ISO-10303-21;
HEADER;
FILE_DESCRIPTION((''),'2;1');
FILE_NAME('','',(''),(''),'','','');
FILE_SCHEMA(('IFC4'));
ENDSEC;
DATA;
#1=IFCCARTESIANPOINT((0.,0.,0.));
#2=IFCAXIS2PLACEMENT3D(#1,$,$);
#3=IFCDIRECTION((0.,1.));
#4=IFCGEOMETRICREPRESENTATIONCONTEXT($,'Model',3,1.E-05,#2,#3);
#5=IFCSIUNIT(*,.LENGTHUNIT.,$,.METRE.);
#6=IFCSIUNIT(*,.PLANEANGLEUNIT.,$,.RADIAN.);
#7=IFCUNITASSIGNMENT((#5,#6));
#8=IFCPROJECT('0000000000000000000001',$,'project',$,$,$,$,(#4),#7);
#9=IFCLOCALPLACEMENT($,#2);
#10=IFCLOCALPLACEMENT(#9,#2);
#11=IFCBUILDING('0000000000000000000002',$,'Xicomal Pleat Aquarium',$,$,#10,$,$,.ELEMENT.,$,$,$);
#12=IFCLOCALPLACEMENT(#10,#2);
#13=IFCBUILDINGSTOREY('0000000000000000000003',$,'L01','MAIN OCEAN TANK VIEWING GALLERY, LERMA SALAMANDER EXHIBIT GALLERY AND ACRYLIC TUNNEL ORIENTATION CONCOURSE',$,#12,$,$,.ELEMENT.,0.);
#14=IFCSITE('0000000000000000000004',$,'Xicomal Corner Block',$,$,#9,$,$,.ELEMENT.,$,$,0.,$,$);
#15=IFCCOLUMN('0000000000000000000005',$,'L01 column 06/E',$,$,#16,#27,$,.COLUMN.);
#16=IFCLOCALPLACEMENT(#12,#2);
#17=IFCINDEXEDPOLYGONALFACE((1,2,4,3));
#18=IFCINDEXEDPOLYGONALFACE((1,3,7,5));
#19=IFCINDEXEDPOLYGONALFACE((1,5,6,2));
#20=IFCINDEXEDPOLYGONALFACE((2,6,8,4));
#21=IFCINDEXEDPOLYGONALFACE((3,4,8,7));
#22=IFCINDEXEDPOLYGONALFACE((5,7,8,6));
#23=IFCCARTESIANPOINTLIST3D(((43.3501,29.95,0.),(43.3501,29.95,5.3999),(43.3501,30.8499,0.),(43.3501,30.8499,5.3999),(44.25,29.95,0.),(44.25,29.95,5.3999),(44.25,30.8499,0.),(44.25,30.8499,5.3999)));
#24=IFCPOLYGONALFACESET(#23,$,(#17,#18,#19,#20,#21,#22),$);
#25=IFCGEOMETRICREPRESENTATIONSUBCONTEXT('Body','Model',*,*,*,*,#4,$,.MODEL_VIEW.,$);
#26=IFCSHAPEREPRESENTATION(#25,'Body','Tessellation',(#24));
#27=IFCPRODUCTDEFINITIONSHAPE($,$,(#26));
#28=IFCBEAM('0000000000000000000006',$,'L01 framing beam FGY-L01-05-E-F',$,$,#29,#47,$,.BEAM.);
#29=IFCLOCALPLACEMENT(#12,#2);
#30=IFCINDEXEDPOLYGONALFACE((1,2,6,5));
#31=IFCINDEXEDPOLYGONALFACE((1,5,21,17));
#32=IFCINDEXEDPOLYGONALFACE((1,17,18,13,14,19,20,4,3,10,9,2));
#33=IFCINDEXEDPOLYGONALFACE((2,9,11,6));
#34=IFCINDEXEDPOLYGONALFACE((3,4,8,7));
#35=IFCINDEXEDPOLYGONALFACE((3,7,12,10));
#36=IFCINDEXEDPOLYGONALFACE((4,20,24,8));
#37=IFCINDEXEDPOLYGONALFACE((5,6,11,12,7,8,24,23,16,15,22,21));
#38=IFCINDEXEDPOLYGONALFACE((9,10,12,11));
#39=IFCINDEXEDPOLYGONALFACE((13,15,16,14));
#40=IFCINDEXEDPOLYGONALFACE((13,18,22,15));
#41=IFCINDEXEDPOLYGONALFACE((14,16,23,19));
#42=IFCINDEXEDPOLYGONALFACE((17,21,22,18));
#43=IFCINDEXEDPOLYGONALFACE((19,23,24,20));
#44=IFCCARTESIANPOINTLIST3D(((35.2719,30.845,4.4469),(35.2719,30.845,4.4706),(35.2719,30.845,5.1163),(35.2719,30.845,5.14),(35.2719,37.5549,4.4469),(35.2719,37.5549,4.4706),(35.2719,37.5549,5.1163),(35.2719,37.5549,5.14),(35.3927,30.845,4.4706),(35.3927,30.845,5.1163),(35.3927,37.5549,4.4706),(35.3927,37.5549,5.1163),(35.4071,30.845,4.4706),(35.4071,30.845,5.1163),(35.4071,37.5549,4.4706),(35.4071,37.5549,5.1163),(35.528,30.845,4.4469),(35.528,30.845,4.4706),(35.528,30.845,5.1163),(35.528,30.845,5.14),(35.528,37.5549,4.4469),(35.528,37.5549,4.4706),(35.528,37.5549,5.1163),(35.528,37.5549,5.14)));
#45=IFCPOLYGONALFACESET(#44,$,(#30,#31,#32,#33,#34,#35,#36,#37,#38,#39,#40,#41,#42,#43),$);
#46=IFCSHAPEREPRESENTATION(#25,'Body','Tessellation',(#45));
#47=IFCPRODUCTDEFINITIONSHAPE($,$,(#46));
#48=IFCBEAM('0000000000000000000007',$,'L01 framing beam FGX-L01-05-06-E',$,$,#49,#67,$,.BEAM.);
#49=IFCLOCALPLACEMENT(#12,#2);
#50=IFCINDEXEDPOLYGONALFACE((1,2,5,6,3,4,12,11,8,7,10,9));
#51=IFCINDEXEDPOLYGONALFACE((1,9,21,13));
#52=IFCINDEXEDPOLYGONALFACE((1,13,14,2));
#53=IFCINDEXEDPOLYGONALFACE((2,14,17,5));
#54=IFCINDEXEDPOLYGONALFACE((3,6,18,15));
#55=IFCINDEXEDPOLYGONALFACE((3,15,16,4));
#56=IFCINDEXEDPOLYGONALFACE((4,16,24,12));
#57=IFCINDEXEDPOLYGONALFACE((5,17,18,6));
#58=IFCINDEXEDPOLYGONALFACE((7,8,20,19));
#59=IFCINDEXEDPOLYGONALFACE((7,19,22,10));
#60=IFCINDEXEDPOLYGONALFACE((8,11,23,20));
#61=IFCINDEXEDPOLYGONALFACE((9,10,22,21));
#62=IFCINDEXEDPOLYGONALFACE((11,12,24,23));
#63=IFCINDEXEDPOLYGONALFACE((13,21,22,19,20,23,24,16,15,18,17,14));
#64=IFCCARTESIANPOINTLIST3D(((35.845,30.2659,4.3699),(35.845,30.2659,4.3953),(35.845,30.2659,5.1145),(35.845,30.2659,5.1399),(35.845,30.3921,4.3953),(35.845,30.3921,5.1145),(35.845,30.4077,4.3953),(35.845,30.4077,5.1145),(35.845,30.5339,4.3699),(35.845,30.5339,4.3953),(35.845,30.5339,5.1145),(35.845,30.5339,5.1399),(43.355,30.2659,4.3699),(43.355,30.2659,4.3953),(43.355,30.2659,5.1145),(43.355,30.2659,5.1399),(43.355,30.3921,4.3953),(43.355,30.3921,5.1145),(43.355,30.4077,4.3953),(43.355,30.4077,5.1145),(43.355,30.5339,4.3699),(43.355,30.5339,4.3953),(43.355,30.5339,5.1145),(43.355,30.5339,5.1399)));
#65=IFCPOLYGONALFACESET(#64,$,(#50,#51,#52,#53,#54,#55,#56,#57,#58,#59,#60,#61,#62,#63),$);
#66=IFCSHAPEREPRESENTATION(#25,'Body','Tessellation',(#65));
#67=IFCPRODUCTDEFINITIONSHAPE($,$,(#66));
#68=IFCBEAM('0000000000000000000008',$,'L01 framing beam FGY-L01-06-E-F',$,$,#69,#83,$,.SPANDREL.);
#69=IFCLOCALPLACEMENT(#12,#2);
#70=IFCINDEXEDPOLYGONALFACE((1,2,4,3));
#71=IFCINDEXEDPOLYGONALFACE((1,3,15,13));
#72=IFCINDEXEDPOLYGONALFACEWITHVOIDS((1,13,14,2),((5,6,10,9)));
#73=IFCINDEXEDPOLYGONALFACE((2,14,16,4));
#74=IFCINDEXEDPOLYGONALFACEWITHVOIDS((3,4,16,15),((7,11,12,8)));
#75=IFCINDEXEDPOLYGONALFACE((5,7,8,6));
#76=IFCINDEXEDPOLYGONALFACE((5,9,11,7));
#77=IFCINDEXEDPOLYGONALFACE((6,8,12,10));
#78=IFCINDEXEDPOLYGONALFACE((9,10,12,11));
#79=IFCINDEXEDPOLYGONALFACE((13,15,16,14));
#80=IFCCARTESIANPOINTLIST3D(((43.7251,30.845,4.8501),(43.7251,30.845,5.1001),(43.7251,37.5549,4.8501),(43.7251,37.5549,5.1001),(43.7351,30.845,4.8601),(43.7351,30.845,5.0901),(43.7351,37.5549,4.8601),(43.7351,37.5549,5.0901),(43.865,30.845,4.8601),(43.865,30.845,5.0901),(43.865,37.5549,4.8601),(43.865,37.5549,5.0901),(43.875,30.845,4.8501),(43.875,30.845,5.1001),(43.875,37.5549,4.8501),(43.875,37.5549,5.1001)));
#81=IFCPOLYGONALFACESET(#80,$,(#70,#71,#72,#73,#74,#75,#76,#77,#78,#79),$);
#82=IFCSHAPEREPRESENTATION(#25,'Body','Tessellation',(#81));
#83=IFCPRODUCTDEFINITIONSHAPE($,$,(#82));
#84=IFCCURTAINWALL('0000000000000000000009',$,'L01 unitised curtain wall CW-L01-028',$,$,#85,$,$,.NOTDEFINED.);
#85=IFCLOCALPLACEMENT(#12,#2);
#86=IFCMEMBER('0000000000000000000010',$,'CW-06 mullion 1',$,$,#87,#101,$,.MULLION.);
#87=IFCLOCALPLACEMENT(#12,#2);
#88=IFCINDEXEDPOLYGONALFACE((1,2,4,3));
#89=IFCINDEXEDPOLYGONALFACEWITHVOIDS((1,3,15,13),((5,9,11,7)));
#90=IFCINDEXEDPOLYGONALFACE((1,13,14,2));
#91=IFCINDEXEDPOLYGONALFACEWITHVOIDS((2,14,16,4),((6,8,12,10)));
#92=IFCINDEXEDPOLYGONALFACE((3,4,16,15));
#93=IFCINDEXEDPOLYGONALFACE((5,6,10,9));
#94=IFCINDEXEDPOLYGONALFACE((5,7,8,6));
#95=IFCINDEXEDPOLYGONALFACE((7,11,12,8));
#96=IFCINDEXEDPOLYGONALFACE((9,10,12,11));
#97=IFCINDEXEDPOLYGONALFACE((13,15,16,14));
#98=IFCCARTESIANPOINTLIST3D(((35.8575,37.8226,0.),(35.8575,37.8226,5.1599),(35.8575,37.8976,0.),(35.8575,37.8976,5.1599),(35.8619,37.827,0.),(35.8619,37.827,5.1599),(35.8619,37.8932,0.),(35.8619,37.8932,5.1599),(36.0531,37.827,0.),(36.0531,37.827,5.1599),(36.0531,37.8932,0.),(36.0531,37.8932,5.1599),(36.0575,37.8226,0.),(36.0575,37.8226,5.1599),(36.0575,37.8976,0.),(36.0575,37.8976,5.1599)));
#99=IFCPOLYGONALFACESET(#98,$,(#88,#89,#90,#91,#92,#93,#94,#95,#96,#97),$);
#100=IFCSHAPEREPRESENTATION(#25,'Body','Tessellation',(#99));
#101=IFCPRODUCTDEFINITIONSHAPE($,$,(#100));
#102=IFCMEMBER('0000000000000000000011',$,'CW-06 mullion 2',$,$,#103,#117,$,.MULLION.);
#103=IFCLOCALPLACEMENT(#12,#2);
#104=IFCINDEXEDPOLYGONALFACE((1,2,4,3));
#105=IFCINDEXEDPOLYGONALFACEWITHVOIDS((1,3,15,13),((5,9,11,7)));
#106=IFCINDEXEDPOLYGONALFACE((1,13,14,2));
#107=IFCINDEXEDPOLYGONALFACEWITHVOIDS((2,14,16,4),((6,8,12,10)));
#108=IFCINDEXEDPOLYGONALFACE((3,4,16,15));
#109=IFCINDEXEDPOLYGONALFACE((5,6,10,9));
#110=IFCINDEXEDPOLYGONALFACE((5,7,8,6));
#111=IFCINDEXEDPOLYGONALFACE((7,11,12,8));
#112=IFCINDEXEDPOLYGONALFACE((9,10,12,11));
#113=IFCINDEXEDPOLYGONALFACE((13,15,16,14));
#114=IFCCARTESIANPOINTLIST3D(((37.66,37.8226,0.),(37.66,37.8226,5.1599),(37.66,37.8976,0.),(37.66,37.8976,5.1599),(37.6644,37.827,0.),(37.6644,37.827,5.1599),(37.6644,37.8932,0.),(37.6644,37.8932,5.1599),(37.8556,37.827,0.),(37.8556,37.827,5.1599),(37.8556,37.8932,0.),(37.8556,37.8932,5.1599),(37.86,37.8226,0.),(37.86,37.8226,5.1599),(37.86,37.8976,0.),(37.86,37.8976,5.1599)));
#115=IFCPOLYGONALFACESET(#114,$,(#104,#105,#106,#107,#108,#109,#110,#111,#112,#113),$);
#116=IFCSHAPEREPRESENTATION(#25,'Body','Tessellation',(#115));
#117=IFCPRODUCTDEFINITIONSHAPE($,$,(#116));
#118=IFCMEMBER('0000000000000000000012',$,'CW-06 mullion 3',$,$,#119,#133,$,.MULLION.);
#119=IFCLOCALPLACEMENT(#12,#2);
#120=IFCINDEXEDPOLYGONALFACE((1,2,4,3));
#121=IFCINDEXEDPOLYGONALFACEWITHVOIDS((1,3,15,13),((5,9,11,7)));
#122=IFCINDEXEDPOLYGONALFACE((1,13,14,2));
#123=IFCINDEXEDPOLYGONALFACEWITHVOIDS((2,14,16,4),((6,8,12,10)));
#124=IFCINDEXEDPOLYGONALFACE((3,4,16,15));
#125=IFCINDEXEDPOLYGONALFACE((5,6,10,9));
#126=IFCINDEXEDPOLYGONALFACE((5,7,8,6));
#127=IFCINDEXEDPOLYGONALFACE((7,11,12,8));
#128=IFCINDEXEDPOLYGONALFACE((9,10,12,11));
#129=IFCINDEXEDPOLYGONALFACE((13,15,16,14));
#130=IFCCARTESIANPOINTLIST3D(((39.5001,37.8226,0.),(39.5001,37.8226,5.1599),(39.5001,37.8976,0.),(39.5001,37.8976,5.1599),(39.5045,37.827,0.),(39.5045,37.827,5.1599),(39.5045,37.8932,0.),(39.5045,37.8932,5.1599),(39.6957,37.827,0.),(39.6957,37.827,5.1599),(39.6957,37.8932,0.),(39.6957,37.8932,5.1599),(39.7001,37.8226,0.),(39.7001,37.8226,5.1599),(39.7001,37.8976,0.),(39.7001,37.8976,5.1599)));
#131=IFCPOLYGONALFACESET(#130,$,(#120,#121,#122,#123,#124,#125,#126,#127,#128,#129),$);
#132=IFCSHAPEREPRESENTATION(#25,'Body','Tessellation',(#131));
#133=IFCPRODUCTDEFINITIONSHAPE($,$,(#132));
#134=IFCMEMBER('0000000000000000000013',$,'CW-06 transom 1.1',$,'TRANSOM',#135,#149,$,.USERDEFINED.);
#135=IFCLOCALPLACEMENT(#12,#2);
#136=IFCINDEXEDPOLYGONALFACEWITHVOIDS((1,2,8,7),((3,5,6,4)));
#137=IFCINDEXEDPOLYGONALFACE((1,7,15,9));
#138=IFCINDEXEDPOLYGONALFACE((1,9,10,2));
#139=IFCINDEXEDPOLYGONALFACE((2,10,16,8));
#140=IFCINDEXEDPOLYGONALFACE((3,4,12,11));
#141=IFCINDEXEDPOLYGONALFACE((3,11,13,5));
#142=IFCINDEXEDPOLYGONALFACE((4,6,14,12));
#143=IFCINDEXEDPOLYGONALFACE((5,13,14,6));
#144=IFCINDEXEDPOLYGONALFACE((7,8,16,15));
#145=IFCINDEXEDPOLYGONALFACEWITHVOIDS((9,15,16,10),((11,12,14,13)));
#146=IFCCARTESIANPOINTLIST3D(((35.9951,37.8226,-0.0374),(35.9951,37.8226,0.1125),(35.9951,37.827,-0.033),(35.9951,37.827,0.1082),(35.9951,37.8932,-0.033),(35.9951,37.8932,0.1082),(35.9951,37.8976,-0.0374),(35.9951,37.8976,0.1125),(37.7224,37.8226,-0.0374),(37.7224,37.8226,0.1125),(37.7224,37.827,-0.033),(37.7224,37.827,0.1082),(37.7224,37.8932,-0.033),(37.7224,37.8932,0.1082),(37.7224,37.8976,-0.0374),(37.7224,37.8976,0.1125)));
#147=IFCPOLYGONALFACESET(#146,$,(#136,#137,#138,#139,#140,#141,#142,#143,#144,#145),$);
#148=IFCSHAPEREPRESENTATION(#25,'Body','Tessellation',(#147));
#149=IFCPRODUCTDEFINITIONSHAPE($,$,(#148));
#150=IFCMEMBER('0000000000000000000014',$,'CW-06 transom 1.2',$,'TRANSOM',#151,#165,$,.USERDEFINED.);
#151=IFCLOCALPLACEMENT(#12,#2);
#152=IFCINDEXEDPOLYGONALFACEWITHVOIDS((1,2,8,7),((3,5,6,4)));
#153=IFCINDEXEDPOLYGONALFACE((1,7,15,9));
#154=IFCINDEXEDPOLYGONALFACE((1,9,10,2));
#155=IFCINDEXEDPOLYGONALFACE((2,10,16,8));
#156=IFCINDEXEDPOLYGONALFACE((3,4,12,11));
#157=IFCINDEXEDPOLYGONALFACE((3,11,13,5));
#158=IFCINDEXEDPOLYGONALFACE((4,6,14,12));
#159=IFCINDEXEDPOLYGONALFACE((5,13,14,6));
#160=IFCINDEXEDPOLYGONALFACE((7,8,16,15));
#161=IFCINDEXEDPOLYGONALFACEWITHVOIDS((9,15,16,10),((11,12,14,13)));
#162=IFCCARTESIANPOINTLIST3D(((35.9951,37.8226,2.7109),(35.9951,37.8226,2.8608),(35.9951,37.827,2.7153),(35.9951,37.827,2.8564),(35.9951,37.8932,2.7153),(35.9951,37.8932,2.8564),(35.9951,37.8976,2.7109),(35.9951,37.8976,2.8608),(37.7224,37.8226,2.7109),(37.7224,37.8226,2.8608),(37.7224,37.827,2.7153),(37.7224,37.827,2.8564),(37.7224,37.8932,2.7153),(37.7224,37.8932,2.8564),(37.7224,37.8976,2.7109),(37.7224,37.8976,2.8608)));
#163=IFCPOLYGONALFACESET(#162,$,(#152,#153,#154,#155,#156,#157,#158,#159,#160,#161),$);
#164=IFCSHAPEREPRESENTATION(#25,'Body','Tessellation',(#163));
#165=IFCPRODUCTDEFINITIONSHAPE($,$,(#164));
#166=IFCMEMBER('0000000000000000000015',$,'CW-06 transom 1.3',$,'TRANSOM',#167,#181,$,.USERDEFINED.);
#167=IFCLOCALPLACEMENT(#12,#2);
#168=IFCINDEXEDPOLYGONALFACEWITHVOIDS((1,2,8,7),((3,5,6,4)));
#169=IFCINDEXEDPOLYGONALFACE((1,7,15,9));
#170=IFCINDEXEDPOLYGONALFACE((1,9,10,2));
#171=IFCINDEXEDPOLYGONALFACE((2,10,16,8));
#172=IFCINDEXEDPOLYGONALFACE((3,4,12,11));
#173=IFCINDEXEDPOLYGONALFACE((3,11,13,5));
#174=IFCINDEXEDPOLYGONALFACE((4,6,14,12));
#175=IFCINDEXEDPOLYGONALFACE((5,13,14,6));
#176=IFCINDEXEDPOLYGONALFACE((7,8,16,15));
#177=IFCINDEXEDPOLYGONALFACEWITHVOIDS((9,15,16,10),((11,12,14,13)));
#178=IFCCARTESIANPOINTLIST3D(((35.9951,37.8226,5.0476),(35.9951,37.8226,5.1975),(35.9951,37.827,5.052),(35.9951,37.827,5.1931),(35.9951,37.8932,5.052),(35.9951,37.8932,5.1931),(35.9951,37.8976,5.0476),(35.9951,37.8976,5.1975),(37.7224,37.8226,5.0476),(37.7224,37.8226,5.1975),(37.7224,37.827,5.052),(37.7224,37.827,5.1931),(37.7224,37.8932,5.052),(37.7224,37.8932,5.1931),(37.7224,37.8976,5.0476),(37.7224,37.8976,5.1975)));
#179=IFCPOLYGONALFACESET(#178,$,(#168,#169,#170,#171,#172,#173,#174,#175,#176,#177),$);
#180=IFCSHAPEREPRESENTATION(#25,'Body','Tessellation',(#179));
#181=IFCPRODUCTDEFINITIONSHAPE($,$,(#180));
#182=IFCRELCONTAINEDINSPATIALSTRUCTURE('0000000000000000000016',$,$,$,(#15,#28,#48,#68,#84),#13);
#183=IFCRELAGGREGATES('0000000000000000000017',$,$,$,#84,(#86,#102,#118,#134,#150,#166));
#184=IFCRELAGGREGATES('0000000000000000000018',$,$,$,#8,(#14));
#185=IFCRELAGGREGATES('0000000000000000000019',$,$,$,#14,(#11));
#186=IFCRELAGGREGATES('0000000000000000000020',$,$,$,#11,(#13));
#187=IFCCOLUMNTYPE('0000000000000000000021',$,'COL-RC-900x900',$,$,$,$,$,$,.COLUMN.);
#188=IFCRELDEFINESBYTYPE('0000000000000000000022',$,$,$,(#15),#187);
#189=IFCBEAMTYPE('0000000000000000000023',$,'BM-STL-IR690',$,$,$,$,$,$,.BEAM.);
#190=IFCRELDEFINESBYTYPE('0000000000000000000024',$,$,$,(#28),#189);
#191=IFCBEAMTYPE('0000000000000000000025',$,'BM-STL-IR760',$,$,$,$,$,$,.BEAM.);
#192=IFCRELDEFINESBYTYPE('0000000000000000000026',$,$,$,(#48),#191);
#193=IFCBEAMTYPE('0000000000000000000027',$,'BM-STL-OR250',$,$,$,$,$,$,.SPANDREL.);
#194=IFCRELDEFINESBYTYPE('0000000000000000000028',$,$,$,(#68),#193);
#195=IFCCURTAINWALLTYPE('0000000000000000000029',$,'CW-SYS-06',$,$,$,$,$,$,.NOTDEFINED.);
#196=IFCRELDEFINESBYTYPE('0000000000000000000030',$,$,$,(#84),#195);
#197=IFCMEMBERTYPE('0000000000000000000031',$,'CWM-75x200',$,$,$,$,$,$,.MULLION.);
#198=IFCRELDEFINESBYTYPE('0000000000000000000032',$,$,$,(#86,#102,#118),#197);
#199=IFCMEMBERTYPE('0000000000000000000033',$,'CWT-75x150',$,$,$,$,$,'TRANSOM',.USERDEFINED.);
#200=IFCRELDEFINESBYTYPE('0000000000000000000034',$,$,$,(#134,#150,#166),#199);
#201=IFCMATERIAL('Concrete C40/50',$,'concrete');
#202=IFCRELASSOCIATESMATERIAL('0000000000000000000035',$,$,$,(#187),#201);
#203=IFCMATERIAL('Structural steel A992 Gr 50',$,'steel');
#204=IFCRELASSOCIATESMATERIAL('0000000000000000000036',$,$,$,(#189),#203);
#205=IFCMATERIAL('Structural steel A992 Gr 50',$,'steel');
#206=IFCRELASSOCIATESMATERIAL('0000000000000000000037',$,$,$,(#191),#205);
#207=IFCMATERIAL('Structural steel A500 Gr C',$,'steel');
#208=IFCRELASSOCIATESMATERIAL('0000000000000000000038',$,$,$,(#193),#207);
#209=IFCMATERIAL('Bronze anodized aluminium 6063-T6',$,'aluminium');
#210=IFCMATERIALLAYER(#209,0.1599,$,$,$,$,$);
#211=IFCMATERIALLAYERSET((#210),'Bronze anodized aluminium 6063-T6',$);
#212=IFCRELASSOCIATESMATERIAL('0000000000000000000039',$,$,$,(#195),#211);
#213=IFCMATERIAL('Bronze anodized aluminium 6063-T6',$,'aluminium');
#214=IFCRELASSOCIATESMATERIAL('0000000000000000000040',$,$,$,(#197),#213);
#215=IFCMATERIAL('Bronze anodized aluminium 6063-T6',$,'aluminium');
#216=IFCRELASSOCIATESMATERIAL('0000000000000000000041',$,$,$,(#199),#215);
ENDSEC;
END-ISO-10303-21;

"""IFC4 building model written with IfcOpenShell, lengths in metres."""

from ifc_helpers import new_model, si_unit, direction, frame, origin, origin_2d, place, context, subcontext, project, spatial, rectangle, hollow_rectangle, i_section, extrude, material, layer, layer_set, material_profile, profile_set, type_object, element, aggregate, save


model = new_model("IFC4")

# Units and contexts
model_context = context("Model", 3, precision=1e-05, world=origin(), true_north=direction((0.0, 1.0)))
body_context = subcontext(model_context, "Body", "Model", "MODEL_VIEW")
ifc_project = project(units=[si_unit("LENGTHUNIT", "METRE"), si_unit("PLANEANGLEUNIT", "RADIAN")], contexts=[model_context])

# Site, building, storey
site_placement = place(None, origin())
site = spatial("IfcSite", under=ifc_project, at=site_placement, Name="Xicomal Corner Block", CompositionType="ELEMENT", RefElevation=0.0)
building_placement = place(site_placement, origin())
building = spatial("IfcBuilding", under=site, at=building_placement, Name="Xicomal Pleat Aquarium", CompositionType="ELEMENT")
storey_placement = place(building_placement, origin())
storey = spatial("IfcBuildingStorey", under=building, at=storey_placement, Name="L01", Description="MAIN OCEAN TANK VIEWING GALLERY, LERMA SALAMANDER EXHIBIT GALLERY AND ACRYLIC TUNNEL ORIENTATION CONCOURSE", CompositionType="ELEMENT", Elevation=0.0)

# Column
ifc_material_1 = material(Name="Concrete C40/50", Category="concrete")
ifc_material_profile_1 = material_profile(ifc_material_1, rectangle(XDim=0.8999, YDim=0.8999, at=origin_2d()), Name="RC 900x900")
ifc_profile_set_1 = profile_set([ifc_material_profile_1], Name="Concrete C40/50")
column_type = type_object("IfcColumnType", Name="COL-RC-900x900", PredefinedType="COLUMN", material=ifc_profile_set_1)
column_placement = place(storey_placement, frame((43.8, 30.3999, 0.0), z_axis=(0.0, 0.0, 1.0), x_axis=(1.0, 0.0, 0.0)))
element("IfcColumn", 1, at=column_placement, inside=storey, type_object=column_type, Name="L01 column 06/E", PredefinedType="COLUMN", context=body_context, shape_type="SweptSolid", body=[
    extrude(rectangle(XDim=0.8999, YDim=0.8999, at=origin_2d()), origin(), (0.0, 0.0, 1.0), 5.3999),
])

# Beams
ifc_material_2 = material(Name="Structural steel A992 Gr 50", Category="steel")
ifc_material_profile_2 = material_profile(ifc_material_2, i_section(OverallWidth=0.2561, OverallDepth=0.6931, WebThickness=0.0144, FlangeThickness=0.0237, at=origin_2d()), Name="IR 690x170")
ifc_profile_set_2 = profile_set([ifc_material_profile_2], Name="Structural steel A992 Gr 50")
beam_type_1 = type_object("IfcBeamType", Name="BM-STL-IR690", PredefinedType="BEAM", material=ifc_profile_set_2)
beam_1_placement = place(storey_placement, frame((35.3999, 30.845, 4.7935), z_axis=(0.0, 1.0, 0.0), x_axis=(-1.0, 0.0, 0.0)))
element("IfcBeam", 2, at=beam_1_placement, inside=storey, type_object=beam_type_1, Name="L01 framing beam FGY-L01-05-E-F", PredefinedType="BEAM", context=body_context, shape_type="SweptSolid", body=[
    extrude(i_section(OverallWidth=0.2561, OverallDepth=0.6931, WebThickness=0.0144, FlangeThickness=0.0237, at=origin_2d()), origin(), (0.0, 0.0, 1.0), 6.71),
])
ifc_material_3 = material(Name="Structural steel A992 Gr 50", Category="steel")
ifc_material_profile_3 = material_profile(ifc_material_3, i_section(OverallWidth=0.2681, OverallDepth=0.77, WebThickness=0.0156, FlangeThickness=0.0254, at=origin_2d()), Name="IR 760x196")
ifc_profile_set_3 = profile_set([ifc_material_profile_3], Name="Structural steel A992 Gr 50")
beam_type_2 = type_object("IfcBeamType", Name="BM-STL-IR760", PredefinedType="BEAM", material=ifc_profile_set_3)
beam_2_placement = place(storey_placement, frame((35.845, 30.3999, 4.7549), z_axis=(1.0, 0.0, 0.0), x_axis=(0.0, 1.0, 0.0)))
element("IfcBeam", 3, at=beam_2_placement, inside=storey, type_object=beam_type_2, Name="L01 framing beam FGX-L01-05-06-E", PredefinedType="BEAM", context=body_context, shape_type="SweptSolid", body=[
    extrude(i_section(OverallWidth=0.2681, OverallDepth=0.77, WebThickness=0.0156, FlangeThickness=0.0254, at=origin_2d()), origin(), (0.0, 0.0, 1.0), 7.51),
])
ifc_material_4 = material(Name="Structural steel A500 Gr C", Category="steel")
ifc_material_profile_4 = material_profile(ifc_material_4, hollow_rectangle(XDim=0.1499, YDim=0.25, WallThickness=0.01, at=origin_2d()), Name="OR 250x150x10")
ifc_profile_set_4 = profile_set([ifc_material_profile_4], Name="Structural steel A500 Gr C")
beam_type_3 = type_object("IfcBeamType", Name="BM-STL-OR250", PredefinedType="SPANDREL", material=ifc_profile_set_4)
beam_3_placement = place(storey_placement, frame((43.8, 30.845, 4.9751), z_axis=(0.0, 1.0, 0.0), x_axis=(-1.0, 0.0, 0.0)))
element("IfcBeam", 4, at=beam_3_placement, inside=storey, type_object=beam_type_3, Name="L01 framing beam FGY-L01-06-E-F", PredefinedType="SPANDREL", context=body_context, shape_type="SweptSolid", body=[
    extrude(hollow_rectangle(XDim=0.1499, YDim=0.25, WallThickness=0.01, at=origin_2d()), origin(), (0.0, 0.0, 1.0), 6.71),
])

# Curtain wall, members
ifc_material_5 = material(Name="Bronze anodized aluminium 6063-T6", Category="aluminium")
ifc_layer_1 = layer(ifc_material_5, 0.1599)
ifc_layer_set_1 = layer_set([ifc_layer_1], Name="Bronze anodized aluminium 6063-T6")
curtain_wall_type = type_object("IfcCurtainWallType", Name="CW-SYS-06", PredefinedType="NOTDEFINED", material=ifc_layer_set_1)
curtain_wall_placement = place(storey_placement, origin())
curtain_wall = element("IfcCurtainWall", 5, at=curtain_wall_placement, inside=storey, type_object=curtain_wall_type, Name="L01 unitised curtain wall CW-L01-028", PredefinedType="NOTDEFINED")
ifc_material_6 = material(Name="Bronze anodized aluminium 6063-T6", Category="aluminium")
ifc_material_profile_5 = material_profile(ifc_material_6, hollow_rectangle(XDim=0.075, YDim=0.2, WallThickness=0.0044, at=origin_2d()), Name="ALU MULL 75x200")
ifc_profile_set_5 = profile_set([ifc_material_profile_5], Name="Bronze anodized aluminium 6063-T6")
member_type_1 = type_object("IfcMemberType", Name="CWM-75x200", PredefinedType="MULLION", material=ifc_profile_set_5)
member_1_placement = place(storey_placement, frame((35.9575, 37.8601, 0.0), z_axis=(0.0, 0.0, 1.0), x_axis=(0.0, 1.0, 0.0)))
member_1 = element("IfcMember", 6, at=member_1_placement, type_object=member_type_1, Name="CW-06 mullion 1", PredefinedType="MULLION", context=body_context, shape_type="SweptSolid", body=[
    extrude(hollow_rectangle(XDim=0.075, YDim=0.2, WallThickness=0.0044, at=origin_2d()), origin(), (0.0, 0.0, 1.0), 5.1599),
])
member_2_placement = place(storey_placement, frame((37.76, 37.8601, 0.0), z_axis=(0.0, 0.0, 1.0), x_axis=(0.0, 1.0, 0.0)))
member_2 = element("IfcMember", 7, at=member_2_placement, type_object=member_type_1, Name="CW-06 mullion 2", PredefinedType="MULLION", context=body_context, shape_type="SweptSolid", body=[
    extrude(hollow_rectangle(XDim=0.075, YDim=0.2, WallThickness=0.0044, at=origin_2d()), origin(), (0.0, 0.0, 1.0), 5.1599),
])
member_3_placement = place(storey_placement, frame((39.6001, 37.8601, 0.0), z_axis=(0.0, 0.0, 1.0), x_axis=(0.0, 1.0, 0.0)))
member_3 = element("IfcMember", 8, at=member_3_placement, type_object=member_type_1, Name="CW-06 mullion 3", PredefinedType="MULLION", context=body_context, shape_type="SweptSolid", body=[
    extrude(hollow_rectangle(XDim=0.075, YDim=0.2, WallThickness=0.0044, at=origin_2d()), origin(), (0.0, 0.0, 1.0), 5.1599),
])
ifc_material_7 = material(Name="Bronze anodized aluminium 6063-T6", Category="aluminium")
ifc_material_profile_6 = material_profile(ifc_material_7, hollow_rectangle(XDim=0.075, YDim=0.1499, WallThickness=0.0044, at=origin_2d()), Name="ALU TRAN 75x150")
ifc_profile_set_6 = profile_set([ifc_material_profile_6], Name="Bronze anodized aluminium 6063-T6")
member_type_2 = type_object("IfcMemberType", Name="CWT-75x150", ElementType="TRANSOM", PredefinedType="USERDEFINED", material=ifc_profile_set_6)
member_4_placement = place(storey_placement, frame((35.9951, 37.8601, 0.0376), z_axis=(1.0, 0.0, 0.0), x_axis=(0.0, 1.0, 0.0)))
member_4 = element("IfcMember", 9, at=member_4_placement, type_object=member_type_2, Name="CW-06 transom 1.1", ObjectType="TRANSOM", PredefinedType="USERDEFINED", context=body_context, shape_type="SweptSolid", body=[
    extrude(hollow_rectangle(XDim=0.075, YDim=0.1499, WallThickness=0.0044, at=origin_2d()), origin(), (0.0, 0.0, 1.0), 1.7273),
])
member_5_placement = place(storey_placement, frame((35.9951, 37.8601, 2.7859), z_axis=(1.0, 0.0, 0.0), x_axis=(0.0, 1.0, 0.0)))
member_5 = element("IfcMember", 10, at=member_5_placement, type_object=member_type_2, Name="CW-06 transom 1.2", ObjectType="TRANSOM", PredefinedType="USERDEFINED", context=body_context, shape_type="SweptSolid", body=[
    extrude(hollow_rectangle(XDim=0.075, YDim=0.1499, WallThickness=0.0044, at=origin_2d()), origin(), (0.0, 0.0, 1.0), 1.7273),
])
member_6_placement = place(storey_placement, frame((35.9951, 37.8601, 5.1226), z_axis=(1.0, 0.0, 0.0), x_axis=(0.0, 1.0, 0.0)))
member_6 = element("IfcMember", 11, at=member_6_placement, type_object=member_type_2, Name="CW-06 transom 1.3", ObjectType="TRANSOM", PredefinedType="USERDEFINED", context=body_context, shape_type="SweptSolid", body=[
    extrude(hollow_rectangle(XDim=0.075, YDim=0.1499, WallThickness=0.0044, at=origin_2d()), origin(), (0.0, 0.0, 1.0), 1.7273),
])
aggregate(curtain_wall, [member_1, member_2, member_3, member_4, member_5, member_6])

save(model, "model.ifc")
